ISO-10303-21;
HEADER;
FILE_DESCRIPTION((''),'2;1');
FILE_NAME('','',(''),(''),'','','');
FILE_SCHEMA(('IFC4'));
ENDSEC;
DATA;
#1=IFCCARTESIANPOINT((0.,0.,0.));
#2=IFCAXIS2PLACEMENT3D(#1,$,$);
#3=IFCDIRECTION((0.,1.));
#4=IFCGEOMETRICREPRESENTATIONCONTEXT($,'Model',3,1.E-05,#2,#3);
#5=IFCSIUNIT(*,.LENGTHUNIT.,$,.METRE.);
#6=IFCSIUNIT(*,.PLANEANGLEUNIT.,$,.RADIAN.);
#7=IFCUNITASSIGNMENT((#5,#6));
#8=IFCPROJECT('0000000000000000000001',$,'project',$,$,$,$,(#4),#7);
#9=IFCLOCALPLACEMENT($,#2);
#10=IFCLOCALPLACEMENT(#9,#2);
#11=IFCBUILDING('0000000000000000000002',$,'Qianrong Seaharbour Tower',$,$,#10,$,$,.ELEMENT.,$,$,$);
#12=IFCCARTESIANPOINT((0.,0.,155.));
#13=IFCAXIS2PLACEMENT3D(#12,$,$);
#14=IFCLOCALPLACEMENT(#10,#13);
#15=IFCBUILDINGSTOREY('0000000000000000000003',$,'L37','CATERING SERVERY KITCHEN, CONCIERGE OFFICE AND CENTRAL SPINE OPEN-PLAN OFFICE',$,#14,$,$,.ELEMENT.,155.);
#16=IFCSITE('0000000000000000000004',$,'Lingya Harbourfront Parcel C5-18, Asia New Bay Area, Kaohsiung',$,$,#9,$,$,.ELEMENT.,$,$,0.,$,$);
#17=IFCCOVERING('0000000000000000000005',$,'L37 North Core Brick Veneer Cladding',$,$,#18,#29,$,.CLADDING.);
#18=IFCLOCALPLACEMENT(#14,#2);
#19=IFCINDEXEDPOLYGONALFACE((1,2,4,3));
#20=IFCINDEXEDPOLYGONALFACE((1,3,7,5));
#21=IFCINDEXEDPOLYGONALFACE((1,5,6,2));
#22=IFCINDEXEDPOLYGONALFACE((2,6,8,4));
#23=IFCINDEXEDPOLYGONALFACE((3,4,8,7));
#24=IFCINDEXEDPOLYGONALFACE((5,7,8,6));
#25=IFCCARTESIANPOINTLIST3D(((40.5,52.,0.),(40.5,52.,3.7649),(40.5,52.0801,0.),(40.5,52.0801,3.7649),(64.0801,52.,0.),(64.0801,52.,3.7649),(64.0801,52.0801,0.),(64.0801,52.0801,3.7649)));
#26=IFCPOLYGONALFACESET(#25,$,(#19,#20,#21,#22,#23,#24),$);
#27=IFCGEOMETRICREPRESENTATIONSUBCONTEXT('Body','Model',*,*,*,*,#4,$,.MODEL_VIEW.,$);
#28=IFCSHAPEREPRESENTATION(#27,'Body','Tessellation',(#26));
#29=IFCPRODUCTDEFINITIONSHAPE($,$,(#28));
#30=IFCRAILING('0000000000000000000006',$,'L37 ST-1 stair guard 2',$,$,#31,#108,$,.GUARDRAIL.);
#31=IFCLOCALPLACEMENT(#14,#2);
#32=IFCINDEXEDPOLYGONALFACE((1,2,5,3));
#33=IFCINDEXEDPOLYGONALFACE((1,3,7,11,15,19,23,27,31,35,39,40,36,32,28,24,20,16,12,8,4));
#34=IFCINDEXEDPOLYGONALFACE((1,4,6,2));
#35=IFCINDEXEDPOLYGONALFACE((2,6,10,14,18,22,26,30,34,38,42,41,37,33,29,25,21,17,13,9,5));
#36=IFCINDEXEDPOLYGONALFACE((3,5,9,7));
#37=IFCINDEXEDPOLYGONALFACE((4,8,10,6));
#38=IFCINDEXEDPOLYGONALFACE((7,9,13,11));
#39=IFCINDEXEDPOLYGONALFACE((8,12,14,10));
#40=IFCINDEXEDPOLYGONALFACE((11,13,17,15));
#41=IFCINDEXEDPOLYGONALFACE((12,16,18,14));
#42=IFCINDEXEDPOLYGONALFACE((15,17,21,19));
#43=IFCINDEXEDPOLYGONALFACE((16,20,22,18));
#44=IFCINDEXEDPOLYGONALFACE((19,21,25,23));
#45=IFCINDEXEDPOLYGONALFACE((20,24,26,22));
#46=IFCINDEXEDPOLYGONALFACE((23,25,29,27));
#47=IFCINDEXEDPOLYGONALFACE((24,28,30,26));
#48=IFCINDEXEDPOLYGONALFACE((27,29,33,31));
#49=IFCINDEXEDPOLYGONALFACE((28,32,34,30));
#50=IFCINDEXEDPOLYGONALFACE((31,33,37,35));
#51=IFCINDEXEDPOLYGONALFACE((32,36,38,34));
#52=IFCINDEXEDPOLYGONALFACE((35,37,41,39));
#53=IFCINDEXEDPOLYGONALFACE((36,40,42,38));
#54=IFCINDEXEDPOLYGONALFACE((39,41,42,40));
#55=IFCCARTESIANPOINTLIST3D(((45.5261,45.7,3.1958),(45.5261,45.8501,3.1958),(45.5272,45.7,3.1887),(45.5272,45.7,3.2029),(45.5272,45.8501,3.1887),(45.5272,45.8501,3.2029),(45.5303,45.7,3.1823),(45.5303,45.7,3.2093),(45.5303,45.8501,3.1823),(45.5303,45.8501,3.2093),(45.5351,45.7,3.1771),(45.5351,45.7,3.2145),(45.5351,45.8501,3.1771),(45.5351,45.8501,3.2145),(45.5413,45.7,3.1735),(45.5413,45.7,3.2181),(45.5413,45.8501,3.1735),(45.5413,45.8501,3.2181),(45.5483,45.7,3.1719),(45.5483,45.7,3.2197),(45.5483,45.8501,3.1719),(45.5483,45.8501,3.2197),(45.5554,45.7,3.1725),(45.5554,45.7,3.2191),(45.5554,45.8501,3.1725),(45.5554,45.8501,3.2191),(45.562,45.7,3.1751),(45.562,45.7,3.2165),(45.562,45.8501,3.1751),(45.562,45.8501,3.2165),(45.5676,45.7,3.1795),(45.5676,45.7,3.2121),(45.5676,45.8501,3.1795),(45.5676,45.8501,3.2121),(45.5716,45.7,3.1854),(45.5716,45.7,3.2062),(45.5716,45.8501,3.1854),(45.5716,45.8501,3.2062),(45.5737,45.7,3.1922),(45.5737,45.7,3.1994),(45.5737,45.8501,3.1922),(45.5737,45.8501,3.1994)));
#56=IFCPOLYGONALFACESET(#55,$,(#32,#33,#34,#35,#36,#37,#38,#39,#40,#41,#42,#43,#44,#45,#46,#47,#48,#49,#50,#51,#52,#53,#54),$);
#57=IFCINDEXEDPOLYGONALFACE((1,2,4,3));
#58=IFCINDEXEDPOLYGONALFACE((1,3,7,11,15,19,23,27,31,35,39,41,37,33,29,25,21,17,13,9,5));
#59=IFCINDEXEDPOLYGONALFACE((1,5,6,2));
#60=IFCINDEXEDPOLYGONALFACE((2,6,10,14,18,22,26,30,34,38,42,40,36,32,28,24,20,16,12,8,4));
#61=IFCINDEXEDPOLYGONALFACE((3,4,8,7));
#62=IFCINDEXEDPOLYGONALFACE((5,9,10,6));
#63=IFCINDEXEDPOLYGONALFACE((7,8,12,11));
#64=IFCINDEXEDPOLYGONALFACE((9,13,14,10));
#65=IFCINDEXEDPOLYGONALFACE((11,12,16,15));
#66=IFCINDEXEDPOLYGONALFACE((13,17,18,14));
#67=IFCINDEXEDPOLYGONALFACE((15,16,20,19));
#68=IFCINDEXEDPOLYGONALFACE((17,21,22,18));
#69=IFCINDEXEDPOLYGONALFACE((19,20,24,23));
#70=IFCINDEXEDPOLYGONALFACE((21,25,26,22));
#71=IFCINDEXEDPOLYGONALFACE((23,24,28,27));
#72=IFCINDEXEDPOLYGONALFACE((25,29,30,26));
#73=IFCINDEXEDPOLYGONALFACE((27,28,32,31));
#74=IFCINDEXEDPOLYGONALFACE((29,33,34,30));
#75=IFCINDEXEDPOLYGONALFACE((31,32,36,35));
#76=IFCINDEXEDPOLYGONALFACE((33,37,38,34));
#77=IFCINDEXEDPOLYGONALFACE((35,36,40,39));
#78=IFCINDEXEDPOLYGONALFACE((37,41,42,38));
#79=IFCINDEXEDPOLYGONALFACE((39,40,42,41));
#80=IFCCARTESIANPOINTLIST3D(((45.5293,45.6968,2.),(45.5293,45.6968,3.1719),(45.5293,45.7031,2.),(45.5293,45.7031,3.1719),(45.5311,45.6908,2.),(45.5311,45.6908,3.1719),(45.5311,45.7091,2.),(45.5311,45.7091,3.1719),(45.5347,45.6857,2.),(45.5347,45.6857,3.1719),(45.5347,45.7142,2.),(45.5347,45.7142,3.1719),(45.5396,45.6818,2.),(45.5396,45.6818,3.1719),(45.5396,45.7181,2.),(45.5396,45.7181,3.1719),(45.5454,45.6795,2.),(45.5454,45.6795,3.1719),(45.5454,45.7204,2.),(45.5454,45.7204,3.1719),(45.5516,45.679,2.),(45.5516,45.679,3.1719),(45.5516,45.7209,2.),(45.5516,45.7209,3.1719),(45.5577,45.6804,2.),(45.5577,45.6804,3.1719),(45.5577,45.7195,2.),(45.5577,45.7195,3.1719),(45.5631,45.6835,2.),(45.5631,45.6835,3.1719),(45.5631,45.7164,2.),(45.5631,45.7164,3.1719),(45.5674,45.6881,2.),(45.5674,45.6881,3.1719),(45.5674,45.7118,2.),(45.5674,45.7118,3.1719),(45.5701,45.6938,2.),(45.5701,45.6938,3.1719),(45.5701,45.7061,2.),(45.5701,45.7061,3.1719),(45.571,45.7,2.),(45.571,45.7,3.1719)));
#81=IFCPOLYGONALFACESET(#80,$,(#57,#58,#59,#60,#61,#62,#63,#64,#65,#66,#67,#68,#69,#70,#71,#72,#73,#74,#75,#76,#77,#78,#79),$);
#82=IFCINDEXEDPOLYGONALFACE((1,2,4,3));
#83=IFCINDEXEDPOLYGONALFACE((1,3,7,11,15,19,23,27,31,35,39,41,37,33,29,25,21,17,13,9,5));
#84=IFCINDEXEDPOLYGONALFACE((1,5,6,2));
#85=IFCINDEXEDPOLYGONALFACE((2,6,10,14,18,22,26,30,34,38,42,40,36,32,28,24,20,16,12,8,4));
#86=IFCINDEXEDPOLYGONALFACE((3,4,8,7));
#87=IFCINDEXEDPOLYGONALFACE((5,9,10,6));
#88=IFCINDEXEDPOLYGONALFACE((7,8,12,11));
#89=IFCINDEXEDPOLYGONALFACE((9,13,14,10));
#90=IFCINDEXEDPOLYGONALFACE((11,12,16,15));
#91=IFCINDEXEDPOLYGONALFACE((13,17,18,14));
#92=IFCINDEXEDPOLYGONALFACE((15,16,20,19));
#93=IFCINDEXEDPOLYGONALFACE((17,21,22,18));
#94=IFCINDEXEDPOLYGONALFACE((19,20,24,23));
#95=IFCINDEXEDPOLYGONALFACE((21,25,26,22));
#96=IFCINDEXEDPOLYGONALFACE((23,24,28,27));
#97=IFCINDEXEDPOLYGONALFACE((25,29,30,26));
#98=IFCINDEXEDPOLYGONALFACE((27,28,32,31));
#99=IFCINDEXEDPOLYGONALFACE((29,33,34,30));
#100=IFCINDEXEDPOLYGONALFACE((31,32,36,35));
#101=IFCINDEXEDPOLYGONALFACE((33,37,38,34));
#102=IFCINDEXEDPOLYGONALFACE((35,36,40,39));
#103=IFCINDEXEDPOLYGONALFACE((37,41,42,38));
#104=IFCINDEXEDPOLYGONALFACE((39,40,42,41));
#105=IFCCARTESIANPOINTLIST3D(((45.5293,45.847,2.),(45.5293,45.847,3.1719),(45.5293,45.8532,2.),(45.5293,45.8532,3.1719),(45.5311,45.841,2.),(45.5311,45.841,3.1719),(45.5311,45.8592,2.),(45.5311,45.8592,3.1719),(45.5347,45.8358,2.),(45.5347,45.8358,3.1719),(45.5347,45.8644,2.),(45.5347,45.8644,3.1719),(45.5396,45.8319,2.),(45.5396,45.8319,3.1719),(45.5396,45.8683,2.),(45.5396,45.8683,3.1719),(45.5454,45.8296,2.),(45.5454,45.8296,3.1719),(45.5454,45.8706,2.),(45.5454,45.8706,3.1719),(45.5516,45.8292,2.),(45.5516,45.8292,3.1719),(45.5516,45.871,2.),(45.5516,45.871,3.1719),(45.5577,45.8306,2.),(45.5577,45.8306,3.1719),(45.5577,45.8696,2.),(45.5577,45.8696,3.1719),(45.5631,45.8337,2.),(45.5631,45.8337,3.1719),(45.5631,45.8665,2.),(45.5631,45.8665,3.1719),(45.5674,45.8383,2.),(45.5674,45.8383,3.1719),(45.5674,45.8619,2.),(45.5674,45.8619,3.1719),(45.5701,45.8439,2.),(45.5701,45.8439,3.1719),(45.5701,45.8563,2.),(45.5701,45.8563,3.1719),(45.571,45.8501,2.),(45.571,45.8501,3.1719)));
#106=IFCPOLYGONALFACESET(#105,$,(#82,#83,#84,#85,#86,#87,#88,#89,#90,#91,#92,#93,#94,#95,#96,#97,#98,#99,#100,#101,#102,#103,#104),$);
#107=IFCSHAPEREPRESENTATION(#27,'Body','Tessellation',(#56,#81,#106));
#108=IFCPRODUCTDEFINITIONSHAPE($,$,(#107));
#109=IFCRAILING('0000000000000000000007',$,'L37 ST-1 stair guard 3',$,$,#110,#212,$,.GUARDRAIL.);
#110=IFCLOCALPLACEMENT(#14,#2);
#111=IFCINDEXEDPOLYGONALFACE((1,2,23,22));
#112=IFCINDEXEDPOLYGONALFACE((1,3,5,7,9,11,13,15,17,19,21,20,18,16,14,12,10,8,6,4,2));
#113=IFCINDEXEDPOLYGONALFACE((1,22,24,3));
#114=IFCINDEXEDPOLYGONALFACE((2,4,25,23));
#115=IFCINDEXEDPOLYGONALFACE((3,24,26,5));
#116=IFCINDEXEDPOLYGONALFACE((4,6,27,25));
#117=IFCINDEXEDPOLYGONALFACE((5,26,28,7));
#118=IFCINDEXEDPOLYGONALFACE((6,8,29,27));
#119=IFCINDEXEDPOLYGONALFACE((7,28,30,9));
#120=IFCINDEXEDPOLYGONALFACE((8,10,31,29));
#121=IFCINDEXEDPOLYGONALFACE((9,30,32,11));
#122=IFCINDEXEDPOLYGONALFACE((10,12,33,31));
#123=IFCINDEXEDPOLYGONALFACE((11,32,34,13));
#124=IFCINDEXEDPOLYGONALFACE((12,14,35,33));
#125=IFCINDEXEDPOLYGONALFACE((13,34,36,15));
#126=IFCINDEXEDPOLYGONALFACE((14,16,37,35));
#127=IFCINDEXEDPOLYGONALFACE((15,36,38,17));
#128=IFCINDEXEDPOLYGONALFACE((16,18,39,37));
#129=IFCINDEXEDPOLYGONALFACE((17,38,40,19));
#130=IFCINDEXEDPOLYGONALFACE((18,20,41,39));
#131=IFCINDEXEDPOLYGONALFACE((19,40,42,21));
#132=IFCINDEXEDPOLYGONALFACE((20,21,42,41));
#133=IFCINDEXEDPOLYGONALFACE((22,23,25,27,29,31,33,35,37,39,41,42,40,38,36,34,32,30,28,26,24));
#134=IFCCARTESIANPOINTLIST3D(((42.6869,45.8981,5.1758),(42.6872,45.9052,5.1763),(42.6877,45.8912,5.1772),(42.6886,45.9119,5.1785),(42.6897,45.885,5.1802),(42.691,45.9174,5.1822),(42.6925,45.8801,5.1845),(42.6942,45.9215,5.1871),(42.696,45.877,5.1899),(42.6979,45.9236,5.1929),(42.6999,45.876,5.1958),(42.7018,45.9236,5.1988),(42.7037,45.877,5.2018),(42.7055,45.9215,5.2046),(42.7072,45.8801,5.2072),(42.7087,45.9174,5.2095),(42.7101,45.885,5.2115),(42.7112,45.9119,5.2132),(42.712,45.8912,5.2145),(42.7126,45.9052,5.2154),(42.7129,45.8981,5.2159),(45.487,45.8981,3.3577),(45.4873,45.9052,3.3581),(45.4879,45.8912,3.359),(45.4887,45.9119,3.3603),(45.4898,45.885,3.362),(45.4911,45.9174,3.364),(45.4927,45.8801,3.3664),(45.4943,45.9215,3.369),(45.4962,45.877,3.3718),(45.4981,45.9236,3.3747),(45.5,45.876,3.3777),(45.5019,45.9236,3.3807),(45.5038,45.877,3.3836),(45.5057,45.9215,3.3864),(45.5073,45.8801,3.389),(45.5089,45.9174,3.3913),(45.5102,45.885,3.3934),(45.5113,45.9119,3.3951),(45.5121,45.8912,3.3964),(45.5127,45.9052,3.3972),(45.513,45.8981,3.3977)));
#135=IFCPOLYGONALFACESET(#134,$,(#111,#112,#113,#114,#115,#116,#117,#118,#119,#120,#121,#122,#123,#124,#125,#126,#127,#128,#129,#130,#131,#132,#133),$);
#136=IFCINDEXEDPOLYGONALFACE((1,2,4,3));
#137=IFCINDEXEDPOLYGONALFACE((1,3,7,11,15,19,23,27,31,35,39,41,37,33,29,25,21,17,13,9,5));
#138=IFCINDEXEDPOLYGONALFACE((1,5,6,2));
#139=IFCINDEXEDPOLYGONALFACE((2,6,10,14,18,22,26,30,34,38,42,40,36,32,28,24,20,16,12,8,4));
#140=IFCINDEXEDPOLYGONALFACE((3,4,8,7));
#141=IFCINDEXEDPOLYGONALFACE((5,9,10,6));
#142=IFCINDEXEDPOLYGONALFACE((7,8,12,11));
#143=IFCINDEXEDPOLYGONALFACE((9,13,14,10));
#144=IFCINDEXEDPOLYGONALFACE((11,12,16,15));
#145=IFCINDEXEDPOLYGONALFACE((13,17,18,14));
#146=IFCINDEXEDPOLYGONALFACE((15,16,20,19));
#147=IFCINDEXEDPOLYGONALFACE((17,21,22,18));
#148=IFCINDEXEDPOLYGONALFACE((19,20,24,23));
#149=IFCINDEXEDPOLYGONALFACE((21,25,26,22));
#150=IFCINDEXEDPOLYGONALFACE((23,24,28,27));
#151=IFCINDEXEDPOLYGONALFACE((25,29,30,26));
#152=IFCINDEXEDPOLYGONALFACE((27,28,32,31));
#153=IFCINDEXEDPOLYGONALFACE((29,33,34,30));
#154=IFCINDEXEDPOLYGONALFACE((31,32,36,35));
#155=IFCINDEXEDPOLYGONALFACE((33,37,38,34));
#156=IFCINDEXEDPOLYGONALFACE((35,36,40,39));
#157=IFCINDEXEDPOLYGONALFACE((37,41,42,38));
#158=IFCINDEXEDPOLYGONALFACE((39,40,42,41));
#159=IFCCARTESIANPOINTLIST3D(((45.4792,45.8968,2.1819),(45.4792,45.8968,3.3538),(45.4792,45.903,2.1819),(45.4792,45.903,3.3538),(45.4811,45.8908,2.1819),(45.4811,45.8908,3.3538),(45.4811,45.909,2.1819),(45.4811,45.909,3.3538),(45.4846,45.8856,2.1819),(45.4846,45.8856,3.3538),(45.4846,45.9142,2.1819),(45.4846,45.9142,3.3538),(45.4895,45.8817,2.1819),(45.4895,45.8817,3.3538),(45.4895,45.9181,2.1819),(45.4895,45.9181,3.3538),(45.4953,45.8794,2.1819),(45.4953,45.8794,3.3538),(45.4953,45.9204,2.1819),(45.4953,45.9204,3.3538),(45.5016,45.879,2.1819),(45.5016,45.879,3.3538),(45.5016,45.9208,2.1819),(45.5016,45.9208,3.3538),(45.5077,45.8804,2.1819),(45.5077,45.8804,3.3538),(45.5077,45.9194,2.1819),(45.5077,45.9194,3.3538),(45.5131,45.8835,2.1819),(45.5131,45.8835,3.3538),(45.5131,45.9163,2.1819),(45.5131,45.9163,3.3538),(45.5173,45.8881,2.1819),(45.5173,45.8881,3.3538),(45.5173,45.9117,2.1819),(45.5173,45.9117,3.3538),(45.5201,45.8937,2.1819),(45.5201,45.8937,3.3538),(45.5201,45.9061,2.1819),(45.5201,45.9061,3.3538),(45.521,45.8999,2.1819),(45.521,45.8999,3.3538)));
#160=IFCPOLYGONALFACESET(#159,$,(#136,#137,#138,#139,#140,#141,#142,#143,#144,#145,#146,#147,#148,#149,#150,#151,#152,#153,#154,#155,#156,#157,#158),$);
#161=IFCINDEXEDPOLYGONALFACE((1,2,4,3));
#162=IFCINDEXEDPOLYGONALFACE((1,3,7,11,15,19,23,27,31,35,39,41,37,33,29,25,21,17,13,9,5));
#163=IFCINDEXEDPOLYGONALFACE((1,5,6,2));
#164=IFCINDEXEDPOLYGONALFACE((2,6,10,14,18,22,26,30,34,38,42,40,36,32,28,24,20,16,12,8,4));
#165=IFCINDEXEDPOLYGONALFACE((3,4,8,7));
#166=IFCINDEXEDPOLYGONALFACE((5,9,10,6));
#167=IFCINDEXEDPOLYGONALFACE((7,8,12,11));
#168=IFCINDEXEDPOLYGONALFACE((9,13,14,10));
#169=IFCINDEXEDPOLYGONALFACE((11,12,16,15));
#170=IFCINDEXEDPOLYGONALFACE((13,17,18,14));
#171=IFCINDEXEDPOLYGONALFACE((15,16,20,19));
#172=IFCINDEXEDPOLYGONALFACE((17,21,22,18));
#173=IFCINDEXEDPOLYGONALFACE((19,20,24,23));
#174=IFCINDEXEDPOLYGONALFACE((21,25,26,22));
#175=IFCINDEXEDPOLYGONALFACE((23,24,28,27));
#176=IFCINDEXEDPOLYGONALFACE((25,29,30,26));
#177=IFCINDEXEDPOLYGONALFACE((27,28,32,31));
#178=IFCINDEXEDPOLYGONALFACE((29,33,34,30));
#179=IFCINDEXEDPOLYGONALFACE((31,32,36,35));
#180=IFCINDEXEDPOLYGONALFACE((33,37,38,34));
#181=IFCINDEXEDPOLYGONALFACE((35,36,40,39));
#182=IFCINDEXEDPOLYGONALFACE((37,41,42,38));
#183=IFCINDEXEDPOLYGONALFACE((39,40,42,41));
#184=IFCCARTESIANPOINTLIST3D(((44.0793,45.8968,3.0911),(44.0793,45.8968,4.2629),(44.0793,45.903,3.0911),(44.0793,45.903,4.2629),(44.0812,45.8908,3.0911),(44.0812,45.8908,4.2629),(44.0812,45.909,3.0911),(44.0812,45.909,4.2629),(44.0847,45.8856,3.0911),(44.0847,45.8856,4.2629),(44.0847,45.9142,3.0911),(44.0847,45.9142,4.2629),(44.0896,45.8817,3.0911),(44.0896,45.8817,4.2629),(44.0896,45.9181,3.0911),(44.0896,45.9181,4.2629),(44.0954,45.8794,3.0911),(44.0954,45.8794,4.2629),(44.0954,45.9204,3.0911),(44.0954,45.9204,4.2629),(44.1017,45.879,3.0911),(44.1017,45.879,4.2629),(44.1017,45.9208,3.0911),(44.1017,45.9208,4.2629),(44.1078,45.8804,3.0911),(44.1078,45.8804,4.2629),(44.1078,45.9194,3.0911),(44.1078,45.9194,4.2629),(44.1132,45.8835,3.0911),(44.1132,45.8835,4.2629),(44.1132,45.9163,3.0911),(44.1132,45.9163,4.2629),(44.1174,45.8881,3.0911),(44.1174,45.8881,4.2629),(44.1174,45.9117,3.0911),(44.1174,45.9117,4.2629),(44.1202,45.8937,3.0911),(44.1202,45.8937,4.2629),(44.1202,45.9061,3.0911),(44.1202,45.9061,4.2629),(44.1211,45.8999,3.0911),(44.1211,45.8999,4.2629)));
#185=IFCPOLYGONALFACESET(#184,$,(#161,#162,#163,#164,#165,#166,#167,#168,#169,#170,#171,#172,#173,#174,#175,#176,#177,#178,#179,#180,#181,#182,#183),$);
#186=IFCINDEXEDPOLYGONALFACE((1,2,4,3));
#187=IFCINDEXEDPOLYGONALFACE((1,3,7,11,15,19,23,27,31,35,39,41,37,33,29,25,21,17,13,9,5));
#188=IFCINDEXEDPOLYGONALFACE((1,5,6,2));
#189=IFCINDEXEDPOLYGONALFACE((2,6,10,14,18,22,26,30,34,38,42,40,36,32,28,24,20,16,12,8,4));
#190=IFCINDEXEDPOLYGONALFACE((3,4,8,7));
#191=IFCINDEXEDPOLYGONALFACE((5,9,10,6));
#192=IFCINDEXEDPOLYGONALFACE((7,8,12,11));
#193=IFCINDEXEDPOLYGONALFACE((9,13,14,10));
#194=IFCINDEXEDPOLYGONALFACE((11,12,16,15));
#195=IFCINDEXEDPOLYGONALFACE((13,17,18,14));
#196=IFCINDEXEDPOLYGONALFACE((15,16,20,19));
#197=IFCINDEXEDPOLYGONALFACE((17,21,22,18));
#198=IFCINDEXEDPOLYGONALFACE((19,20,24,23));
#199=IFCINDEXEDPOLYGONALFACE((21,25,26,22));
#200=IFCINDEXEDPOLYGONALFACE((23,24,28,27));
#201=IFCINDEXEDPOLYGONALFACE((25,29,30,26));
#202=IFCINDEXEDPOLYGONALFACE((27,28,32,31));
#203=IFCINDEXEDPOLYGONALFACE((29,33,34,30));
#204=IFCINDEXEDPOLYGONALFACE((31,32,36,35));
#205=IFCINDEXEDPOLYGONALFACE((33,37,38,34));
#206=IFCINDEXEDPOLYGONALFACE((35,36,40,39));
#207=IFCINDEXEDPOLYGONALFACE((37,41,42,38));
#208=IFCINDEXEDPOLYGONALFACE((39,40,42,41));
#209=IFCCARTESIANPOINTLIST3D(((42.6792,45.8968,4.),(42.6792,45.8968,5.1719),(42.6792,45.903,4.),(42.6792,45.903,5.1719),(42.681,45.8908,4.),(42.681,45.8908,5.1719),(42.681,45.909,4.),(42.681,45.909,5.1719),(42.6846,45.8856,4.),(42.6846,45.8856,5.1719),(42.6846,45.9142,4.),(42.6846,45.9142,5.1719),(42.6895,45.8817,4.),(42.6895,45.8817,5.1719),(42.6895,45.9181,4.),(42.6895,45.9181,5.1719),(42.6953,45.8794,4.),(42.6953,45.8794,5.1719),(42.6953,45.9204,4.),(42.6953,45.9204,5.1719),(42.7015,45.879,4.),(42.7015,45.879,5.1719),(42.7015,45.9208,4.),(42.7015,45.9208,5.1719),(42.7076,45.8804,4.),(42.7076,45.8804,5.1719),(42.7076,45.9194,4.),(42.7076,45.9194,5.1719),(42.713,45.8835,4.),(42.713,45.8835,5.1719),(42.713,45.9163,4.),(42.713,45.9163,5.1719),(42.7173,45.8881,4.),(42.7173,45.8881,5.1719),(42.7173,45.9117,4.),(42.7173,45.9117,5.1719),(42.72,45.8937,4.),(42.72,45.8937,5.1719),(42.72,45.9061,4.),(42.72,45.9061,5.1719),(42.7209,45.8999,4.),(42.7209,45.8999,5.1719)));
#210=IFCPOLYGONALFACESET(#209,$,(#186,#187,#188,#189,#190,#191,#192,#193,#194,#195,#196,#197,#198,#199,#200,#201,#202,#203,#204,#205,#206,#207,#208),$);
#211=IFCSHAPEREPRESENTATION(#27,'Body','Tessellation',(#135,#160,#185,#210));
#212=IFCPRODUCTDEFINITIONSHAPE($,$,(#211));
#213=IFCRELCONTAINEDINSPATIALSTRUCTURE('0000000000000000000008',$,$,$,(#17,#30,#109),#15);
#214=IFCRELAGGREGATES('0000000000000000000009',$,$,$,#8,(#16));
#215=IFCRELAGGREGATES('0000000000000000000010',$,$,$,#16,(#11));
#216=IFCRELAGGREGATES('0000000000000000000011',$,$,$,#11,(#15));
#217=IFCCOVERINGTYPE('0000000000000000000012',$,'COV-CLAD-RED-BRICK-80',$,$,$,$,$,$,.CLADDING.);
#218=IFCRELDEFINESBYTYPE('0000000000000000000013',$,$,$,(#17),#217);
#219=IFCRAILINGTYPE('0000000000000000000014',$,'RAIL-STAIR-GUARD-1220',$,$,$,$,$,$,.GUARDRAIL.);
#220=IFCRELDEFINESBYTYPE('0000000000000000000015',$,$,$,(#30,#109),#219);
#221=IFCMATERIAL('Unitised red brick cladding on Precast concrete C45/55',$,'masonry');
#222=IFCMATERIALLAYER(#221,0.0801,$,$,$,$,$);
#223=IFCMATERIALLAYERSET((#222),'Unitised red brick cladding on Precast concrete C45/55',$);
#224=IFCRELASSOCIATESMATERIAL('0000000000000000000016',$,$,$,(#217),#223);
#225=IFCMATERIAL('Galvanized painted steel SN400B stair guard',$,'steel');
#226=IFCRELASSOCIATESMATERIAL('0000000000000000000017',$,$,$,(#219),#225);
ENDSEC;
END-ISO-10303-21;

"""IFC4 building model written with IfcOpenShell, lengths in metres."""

from ifc_helpers import new_model, si_unit, direction, frame, origin, origin_2d, place, context, subcontext, project, spatial, rectangle, circle, extrude, material, layer, layer_set, type_object, element, save


model = new_model("IFC4")

# Units and contexts
model_context = context("Model", 3, precision=1e-05, world=origin(), true_north=direction((0.0, 1.0)))
body_context = subcontext(model_context, "Body", "Model", "MODEL_VIEW")
ifc_project = project(units=[si_unit("LENGTHUNIT", "METRE"), si_unit("PLANEANGLEUNIT", "RADIAN")], contexts=[model_context])

# Site, building, storey
site_placement = place(None, origin())
site = spatial("IfcSite", under=ifc_project, at=site_placement, Name="Lingya Harbourfront Parcel C5-18, Asia New Bay Area, Kaohsiung", CompositionType="ELEMENT", RefElevation=0.0)
building_placement = place(site_placement, origin())
building = spatial("IfcBuilding", under=site, at=building_placement, Name="Qianrong Seaharbour Tower", CompositionType="ELEMENT")
storey_placement = place(building_placement, frame((0.0, 0.0, 155.0)))
storey = spatial("IfcBuildingStorey", under=building, at=storey_placement, Name="L37", Description="CATERING SERVERY KITCHEN, CONCIERGE OFFICE AND CENTRAL SPINE OPEN-PLAN OFFICE", CompositionType="ELEMENT", Elevation=155.0)

# Covering
ifc_material_1 = material(Name="Unitised red brick cladding on Precast concrete C45/55", Category="masonry")
ifc_layer_1 = layer(ifc_material_1, 0.0801)
ifc_layer_set_1 = layer_set([ifc_layer_1], Name="Unitised red brick cladding on Precast concrete C45/55")
covering_type = type_object("IfcCoveringType", Name="COV-CLAD-RED-BRICK-80", PredefinedType="CLADDING", material=ifc_layer_set_1)
covering_placement = place(storey_placement, frame((52.29, 52.04, 0.0), z_axis=(0.0, 0.0, 1.0), x_axis=(1.0, 0.0, 0.0)))
element("IfcCovering", 1, at=covering_placement, inside=storey, type_object=covering_type, Name="L37 North Core Brick Veneer Cladding", PredefinedType="CLADDING", context=body_context, shape_type="SweptSolid", body=[
    extrude(rectangle(XDim=23.5801, YDim=0.0801, at=origin_2d()), origin(), (0.0, 0.0, 1.0), 3.7649),
])

# Railings
ifc_material_2 = material(Name="Galvanized painted steel SN400B stair guard", Category="steel")
railing_type_1 = type_object("IfcRailingType", Name="RAIL-STAIR-GUARD-1220", PredefinedType="GUARDRAIL", material=ifc_material_2)
railing_1_placement = place(storey_placement, frame((45.55, 45.7, 2.0)))
element("IfcRailing", 2, at=railing_1_placement, inside=storey, type_object=railing_type_1, Name="L37 ST-1 stair guard 2", PredefinedType="GUARDRAIL", context=body_context, shape_type="SweptSolid", body=[
    extrude(circle(Radius=0.0239, at=origin_2d()), frame((0.0, 0.0, 1.1958), z_axis=(0.0, 1.0, 0.0), x_axis=(-1.0, 0.0, 0.0)), (0.0, 0.0, 1.0), 0.1501),
    extrude(circle(Radius=0.021, at=origin_2d()), origin(), (0.0, 0.0, 1.0), 1.1719),
    extrude(circle(Radius=0.021, at=origin_2d()), frame((0.0, 0.1501, 0.0)), (0.0, 0.0, 1.0), 1.1719),
])
railing_2_placement = place(storey_placement, frame((45.5, 45.8999, 2.1819)))
element("IfcRailing", 3, at=railing_2_placement, inside=storey, type_object=railing_type_1, Name="L37 ST-1 stair guard 3", PredefinedType="GUARDRAIL", context=body_context, shape_type="SweptSolid", body=[
    extrude(circle(Radius=0.0239, at=origin_2d()), frame((0.0, 0.0, 1.1958), z_axis=(-0.838706, 0.0, 0.544585), x_axis=(0.0, -1.0, 0.0)), (0.0, 0.0, 1.0), 3.3386),
    extrude(circle(Radius=0.021, at=origin_2d()), origin(), (0.0, 0.0, 1.0), 1.1719),
    extrude(circle(Radius=0.021, at=origin_2d()), frame((-1.3999, 0.0, 0.9092)), (0.0, 0.0, 1.0), 1.1719),
    extrude(circle(Radius=0.021, at=origin_2d()), frame((-2.8, 0.0, 1.8181)), (0.0, 0.0, 1.0), 1.1719),
])

save(model, "model.ifc")
